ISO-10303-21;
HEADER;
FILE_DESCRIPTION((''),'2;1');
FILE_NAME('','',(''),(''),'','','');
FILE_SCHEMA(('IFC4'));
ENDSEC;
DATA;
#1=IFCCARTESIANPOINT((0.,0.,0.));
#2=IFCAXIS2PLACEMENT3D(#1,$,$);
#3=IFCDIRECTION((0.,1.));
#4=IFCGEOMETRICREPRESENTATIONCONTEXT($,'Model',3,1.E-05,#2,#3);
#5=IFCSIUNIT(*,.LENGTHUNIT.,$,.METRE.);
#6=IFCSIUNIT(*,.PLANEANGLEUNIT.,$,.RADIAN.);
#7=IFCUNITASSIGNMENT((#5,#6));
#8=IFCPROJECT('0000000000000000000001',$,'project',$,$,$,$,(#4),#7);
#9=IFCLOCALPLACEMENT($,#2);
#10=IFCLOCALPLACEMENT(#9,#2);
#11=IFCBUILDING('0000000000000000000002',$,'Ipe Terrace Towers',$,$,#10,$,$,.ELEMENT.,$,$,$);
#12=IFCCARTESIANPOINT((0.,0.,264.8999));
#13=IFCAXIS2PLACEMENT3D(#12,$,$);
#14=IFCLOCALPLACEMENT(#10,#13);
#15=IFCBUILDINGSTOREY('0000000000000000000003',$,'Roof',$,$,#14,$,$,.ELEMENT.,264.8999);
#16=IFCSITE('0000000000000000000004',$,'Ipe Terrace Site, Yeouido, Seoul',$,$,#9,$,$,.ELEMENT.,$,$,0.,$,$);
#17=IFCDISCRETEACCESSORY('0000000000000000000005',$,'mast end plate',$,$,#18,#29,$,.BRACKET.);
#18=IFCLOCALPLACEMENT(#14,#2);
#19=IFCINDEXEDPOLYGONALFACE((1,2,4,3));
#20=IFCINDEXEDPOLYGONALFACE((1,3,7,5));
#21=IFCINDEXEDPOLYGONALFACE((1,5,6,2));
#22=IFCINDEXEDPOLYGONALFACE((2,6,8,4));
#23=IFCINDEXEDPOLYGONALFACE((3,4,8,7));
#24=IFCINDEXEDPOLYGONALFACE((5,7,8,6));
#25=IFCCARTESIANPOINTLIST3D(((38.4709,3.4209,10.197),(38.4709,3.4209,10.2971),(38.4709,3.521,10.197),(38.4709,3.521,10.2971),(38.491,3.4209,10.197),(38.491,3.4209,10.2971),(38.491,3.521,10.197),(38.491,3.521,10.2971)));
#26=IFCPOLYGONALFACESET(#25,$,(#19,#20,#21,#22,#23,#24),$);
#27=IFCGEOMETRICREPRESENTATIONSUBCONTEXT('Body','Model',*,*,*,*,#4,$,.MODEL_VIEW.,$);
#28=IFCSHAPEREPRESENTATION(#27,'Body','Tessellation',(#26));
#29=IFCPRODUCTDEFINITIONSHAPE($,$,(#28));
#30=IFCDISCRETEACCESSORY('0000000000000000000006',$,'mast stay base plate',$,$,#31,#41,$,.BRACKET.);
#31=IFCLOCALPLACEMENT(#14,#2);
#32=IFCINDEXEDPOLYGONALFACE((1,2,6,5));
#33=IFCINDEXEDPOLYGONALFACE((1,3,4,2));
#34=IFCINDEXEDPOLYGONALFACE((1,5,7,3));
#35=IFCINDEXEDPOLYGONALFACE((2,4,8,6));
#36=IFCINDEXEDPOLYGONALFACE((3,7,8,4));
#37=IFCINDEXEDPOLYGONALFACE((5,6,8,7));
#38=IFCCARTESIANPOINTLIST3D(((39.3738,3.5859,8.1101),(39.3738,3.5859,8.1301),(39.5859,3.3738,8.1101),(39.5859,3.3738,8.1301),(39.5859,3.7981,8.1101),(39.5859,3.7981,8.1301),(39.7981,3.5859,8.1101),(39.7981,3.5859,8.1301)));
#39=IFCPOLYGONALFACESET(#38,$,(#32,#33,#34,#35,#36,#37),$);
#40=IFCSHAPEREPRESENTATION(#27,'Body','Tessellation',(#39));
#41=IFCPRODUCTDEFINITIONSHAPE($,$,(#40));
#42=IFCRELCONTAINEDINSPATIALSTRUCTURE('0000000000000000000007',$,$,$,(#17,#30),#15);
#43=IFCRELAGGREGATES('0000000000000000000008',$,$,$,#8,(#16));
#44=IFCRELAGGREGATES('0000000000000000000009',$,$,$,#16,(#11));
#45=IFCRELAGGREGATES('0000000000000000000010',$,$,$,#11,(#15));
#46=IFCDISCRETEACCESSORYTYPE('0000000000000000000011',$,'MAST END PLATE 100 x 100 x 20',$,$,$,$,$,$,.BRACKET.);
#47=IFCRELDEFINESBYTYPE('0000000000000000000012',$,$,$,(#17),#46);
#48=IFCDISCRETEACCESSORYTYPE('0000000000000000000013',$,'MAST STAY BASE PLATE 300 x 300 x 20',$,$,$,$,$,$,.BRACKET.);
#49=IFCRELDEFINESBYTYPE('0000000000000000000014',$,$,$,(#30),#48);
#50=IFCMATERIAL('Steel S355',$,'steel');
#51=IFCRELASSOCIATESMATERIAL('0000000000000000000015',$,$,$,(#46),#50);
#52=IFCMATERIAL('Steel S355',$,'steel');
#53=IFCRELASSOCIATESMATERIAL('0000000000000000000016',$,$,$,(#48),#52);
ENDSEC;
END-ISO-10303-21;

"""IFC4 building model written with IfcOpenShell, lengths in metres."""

from ifc_helpers import new_model, si_unit, direction, frame, origin, origin_2d, place, context, subcontext, project, spatial, rectangle, extrude, material, material_profile, profile_set, type_object, element, save


model = new_model("IFC4")

# Units and contexts
model_context = context("Model", 3, precision=1e-05, world=origin(), true_north=direction((0.0, 1.0)))
body_context = subcontext(model_context, "Body", "Model", "MODEL_VIEW")
ifc_project = project(units=[si_unit("LENGTHUNIT", "METRE"), si_unit("PLANEANGLEUNIT", "RADIAN")], contexts=[model_context])

# Site, building, storey
site_placement = place(None, origin())
site = spatial("IfcSite", under=ifc_project, at=site_placement, Name="Ipe Terrace Site, Yeouido, Seoul", CompositionType="ELEMENT", RefElevation=0.0)
building_placement = place(site_placement, origin())
building = spatial("IfcBuilding", under=site, at=building_placement, Name="Ipe Terrace Towers", CompositionType="ELEMENT")
storey_placement = place(building_placement, frame((0.0, 0.0, 264.8999)))
storey = spatial("IfcBuildingStorey", under=building, at=storey_placement, Name="Roof", CompositionType="ELEMENT", Elevation=264.8999)

# Discrete accessories
ifc_material_1 = material(Name="Steel S355", Category="steel")
ifc_material_profile_1 = material_profile(ifc_material_1, rectangle(XDim=0.1001, YDim=0.1001, at=origin_2d()), Name="MAST END PLATE 100 x 100 x 20")
ifc_profile_set_1 = profile_set([ifc_material_profile_1], Name="Steel S355")
discrete_accessory_type_1 = type_object("IfcDiscreteAccessoryType", Name="MAST END PLATE 100 x 100 x 20", PredefinedType="BRACKET", material=ifc_profile_set_1)
discrete_accessory_1_placement = place(storey_placement, frame((38.4709, 3.4709, 10.2471), z_axis=(1.0, 0.0, 0.0), x_axis=(0.0, 1.0, 0.0)))
element("IfcDiscreteAccessory", 1, at=discrete_accessory_1_placement, inside=storey, type_object=discrete_accessory_type_1, Name="mast end plate", PredefinedType="BRACKET", context=body_context, shape_type="SweptSolid", body=[
    extrude(rectangle(XDim=0.1001, YDim=0.1001, at=origin_2d()), origin(), (0.0, 0.0, 1.0), 0.02),
])
ifc_material_2 = material(Name="Steel S355", Category="steel")
discrete_accessory_type_2 = type_object("IfcDiscreteAccessoryType", Name="MAST STAY BASE PLATE 300 x 300 x 20", PredefinedType="BRACKET", material=ifc_material_2)
discrete_accessory_2_placement = place(storey_placement, frame((39.5859, 3.5859, 8.1101), z_axis=(0.0, 0.0, 1.0), x_axis=(-0.707107, -0.707107, 0.0)))
element("IfcDiscreteAccessory", 2, at=discrete_accessory_2_placement, inside=storey, type_object=discrete_accessory_type_2, Name="mast stay base plate", PredefinedType="BRACKET", context=body_context, shape_type="SweptSolid", body=[
    extrude(rectangle(XDim=0.3, YDim=0.3, at=origin_2d()), origin(), (0.0, 0.0, 1.0), 0.02),
])

save(model, "model.ifc")
